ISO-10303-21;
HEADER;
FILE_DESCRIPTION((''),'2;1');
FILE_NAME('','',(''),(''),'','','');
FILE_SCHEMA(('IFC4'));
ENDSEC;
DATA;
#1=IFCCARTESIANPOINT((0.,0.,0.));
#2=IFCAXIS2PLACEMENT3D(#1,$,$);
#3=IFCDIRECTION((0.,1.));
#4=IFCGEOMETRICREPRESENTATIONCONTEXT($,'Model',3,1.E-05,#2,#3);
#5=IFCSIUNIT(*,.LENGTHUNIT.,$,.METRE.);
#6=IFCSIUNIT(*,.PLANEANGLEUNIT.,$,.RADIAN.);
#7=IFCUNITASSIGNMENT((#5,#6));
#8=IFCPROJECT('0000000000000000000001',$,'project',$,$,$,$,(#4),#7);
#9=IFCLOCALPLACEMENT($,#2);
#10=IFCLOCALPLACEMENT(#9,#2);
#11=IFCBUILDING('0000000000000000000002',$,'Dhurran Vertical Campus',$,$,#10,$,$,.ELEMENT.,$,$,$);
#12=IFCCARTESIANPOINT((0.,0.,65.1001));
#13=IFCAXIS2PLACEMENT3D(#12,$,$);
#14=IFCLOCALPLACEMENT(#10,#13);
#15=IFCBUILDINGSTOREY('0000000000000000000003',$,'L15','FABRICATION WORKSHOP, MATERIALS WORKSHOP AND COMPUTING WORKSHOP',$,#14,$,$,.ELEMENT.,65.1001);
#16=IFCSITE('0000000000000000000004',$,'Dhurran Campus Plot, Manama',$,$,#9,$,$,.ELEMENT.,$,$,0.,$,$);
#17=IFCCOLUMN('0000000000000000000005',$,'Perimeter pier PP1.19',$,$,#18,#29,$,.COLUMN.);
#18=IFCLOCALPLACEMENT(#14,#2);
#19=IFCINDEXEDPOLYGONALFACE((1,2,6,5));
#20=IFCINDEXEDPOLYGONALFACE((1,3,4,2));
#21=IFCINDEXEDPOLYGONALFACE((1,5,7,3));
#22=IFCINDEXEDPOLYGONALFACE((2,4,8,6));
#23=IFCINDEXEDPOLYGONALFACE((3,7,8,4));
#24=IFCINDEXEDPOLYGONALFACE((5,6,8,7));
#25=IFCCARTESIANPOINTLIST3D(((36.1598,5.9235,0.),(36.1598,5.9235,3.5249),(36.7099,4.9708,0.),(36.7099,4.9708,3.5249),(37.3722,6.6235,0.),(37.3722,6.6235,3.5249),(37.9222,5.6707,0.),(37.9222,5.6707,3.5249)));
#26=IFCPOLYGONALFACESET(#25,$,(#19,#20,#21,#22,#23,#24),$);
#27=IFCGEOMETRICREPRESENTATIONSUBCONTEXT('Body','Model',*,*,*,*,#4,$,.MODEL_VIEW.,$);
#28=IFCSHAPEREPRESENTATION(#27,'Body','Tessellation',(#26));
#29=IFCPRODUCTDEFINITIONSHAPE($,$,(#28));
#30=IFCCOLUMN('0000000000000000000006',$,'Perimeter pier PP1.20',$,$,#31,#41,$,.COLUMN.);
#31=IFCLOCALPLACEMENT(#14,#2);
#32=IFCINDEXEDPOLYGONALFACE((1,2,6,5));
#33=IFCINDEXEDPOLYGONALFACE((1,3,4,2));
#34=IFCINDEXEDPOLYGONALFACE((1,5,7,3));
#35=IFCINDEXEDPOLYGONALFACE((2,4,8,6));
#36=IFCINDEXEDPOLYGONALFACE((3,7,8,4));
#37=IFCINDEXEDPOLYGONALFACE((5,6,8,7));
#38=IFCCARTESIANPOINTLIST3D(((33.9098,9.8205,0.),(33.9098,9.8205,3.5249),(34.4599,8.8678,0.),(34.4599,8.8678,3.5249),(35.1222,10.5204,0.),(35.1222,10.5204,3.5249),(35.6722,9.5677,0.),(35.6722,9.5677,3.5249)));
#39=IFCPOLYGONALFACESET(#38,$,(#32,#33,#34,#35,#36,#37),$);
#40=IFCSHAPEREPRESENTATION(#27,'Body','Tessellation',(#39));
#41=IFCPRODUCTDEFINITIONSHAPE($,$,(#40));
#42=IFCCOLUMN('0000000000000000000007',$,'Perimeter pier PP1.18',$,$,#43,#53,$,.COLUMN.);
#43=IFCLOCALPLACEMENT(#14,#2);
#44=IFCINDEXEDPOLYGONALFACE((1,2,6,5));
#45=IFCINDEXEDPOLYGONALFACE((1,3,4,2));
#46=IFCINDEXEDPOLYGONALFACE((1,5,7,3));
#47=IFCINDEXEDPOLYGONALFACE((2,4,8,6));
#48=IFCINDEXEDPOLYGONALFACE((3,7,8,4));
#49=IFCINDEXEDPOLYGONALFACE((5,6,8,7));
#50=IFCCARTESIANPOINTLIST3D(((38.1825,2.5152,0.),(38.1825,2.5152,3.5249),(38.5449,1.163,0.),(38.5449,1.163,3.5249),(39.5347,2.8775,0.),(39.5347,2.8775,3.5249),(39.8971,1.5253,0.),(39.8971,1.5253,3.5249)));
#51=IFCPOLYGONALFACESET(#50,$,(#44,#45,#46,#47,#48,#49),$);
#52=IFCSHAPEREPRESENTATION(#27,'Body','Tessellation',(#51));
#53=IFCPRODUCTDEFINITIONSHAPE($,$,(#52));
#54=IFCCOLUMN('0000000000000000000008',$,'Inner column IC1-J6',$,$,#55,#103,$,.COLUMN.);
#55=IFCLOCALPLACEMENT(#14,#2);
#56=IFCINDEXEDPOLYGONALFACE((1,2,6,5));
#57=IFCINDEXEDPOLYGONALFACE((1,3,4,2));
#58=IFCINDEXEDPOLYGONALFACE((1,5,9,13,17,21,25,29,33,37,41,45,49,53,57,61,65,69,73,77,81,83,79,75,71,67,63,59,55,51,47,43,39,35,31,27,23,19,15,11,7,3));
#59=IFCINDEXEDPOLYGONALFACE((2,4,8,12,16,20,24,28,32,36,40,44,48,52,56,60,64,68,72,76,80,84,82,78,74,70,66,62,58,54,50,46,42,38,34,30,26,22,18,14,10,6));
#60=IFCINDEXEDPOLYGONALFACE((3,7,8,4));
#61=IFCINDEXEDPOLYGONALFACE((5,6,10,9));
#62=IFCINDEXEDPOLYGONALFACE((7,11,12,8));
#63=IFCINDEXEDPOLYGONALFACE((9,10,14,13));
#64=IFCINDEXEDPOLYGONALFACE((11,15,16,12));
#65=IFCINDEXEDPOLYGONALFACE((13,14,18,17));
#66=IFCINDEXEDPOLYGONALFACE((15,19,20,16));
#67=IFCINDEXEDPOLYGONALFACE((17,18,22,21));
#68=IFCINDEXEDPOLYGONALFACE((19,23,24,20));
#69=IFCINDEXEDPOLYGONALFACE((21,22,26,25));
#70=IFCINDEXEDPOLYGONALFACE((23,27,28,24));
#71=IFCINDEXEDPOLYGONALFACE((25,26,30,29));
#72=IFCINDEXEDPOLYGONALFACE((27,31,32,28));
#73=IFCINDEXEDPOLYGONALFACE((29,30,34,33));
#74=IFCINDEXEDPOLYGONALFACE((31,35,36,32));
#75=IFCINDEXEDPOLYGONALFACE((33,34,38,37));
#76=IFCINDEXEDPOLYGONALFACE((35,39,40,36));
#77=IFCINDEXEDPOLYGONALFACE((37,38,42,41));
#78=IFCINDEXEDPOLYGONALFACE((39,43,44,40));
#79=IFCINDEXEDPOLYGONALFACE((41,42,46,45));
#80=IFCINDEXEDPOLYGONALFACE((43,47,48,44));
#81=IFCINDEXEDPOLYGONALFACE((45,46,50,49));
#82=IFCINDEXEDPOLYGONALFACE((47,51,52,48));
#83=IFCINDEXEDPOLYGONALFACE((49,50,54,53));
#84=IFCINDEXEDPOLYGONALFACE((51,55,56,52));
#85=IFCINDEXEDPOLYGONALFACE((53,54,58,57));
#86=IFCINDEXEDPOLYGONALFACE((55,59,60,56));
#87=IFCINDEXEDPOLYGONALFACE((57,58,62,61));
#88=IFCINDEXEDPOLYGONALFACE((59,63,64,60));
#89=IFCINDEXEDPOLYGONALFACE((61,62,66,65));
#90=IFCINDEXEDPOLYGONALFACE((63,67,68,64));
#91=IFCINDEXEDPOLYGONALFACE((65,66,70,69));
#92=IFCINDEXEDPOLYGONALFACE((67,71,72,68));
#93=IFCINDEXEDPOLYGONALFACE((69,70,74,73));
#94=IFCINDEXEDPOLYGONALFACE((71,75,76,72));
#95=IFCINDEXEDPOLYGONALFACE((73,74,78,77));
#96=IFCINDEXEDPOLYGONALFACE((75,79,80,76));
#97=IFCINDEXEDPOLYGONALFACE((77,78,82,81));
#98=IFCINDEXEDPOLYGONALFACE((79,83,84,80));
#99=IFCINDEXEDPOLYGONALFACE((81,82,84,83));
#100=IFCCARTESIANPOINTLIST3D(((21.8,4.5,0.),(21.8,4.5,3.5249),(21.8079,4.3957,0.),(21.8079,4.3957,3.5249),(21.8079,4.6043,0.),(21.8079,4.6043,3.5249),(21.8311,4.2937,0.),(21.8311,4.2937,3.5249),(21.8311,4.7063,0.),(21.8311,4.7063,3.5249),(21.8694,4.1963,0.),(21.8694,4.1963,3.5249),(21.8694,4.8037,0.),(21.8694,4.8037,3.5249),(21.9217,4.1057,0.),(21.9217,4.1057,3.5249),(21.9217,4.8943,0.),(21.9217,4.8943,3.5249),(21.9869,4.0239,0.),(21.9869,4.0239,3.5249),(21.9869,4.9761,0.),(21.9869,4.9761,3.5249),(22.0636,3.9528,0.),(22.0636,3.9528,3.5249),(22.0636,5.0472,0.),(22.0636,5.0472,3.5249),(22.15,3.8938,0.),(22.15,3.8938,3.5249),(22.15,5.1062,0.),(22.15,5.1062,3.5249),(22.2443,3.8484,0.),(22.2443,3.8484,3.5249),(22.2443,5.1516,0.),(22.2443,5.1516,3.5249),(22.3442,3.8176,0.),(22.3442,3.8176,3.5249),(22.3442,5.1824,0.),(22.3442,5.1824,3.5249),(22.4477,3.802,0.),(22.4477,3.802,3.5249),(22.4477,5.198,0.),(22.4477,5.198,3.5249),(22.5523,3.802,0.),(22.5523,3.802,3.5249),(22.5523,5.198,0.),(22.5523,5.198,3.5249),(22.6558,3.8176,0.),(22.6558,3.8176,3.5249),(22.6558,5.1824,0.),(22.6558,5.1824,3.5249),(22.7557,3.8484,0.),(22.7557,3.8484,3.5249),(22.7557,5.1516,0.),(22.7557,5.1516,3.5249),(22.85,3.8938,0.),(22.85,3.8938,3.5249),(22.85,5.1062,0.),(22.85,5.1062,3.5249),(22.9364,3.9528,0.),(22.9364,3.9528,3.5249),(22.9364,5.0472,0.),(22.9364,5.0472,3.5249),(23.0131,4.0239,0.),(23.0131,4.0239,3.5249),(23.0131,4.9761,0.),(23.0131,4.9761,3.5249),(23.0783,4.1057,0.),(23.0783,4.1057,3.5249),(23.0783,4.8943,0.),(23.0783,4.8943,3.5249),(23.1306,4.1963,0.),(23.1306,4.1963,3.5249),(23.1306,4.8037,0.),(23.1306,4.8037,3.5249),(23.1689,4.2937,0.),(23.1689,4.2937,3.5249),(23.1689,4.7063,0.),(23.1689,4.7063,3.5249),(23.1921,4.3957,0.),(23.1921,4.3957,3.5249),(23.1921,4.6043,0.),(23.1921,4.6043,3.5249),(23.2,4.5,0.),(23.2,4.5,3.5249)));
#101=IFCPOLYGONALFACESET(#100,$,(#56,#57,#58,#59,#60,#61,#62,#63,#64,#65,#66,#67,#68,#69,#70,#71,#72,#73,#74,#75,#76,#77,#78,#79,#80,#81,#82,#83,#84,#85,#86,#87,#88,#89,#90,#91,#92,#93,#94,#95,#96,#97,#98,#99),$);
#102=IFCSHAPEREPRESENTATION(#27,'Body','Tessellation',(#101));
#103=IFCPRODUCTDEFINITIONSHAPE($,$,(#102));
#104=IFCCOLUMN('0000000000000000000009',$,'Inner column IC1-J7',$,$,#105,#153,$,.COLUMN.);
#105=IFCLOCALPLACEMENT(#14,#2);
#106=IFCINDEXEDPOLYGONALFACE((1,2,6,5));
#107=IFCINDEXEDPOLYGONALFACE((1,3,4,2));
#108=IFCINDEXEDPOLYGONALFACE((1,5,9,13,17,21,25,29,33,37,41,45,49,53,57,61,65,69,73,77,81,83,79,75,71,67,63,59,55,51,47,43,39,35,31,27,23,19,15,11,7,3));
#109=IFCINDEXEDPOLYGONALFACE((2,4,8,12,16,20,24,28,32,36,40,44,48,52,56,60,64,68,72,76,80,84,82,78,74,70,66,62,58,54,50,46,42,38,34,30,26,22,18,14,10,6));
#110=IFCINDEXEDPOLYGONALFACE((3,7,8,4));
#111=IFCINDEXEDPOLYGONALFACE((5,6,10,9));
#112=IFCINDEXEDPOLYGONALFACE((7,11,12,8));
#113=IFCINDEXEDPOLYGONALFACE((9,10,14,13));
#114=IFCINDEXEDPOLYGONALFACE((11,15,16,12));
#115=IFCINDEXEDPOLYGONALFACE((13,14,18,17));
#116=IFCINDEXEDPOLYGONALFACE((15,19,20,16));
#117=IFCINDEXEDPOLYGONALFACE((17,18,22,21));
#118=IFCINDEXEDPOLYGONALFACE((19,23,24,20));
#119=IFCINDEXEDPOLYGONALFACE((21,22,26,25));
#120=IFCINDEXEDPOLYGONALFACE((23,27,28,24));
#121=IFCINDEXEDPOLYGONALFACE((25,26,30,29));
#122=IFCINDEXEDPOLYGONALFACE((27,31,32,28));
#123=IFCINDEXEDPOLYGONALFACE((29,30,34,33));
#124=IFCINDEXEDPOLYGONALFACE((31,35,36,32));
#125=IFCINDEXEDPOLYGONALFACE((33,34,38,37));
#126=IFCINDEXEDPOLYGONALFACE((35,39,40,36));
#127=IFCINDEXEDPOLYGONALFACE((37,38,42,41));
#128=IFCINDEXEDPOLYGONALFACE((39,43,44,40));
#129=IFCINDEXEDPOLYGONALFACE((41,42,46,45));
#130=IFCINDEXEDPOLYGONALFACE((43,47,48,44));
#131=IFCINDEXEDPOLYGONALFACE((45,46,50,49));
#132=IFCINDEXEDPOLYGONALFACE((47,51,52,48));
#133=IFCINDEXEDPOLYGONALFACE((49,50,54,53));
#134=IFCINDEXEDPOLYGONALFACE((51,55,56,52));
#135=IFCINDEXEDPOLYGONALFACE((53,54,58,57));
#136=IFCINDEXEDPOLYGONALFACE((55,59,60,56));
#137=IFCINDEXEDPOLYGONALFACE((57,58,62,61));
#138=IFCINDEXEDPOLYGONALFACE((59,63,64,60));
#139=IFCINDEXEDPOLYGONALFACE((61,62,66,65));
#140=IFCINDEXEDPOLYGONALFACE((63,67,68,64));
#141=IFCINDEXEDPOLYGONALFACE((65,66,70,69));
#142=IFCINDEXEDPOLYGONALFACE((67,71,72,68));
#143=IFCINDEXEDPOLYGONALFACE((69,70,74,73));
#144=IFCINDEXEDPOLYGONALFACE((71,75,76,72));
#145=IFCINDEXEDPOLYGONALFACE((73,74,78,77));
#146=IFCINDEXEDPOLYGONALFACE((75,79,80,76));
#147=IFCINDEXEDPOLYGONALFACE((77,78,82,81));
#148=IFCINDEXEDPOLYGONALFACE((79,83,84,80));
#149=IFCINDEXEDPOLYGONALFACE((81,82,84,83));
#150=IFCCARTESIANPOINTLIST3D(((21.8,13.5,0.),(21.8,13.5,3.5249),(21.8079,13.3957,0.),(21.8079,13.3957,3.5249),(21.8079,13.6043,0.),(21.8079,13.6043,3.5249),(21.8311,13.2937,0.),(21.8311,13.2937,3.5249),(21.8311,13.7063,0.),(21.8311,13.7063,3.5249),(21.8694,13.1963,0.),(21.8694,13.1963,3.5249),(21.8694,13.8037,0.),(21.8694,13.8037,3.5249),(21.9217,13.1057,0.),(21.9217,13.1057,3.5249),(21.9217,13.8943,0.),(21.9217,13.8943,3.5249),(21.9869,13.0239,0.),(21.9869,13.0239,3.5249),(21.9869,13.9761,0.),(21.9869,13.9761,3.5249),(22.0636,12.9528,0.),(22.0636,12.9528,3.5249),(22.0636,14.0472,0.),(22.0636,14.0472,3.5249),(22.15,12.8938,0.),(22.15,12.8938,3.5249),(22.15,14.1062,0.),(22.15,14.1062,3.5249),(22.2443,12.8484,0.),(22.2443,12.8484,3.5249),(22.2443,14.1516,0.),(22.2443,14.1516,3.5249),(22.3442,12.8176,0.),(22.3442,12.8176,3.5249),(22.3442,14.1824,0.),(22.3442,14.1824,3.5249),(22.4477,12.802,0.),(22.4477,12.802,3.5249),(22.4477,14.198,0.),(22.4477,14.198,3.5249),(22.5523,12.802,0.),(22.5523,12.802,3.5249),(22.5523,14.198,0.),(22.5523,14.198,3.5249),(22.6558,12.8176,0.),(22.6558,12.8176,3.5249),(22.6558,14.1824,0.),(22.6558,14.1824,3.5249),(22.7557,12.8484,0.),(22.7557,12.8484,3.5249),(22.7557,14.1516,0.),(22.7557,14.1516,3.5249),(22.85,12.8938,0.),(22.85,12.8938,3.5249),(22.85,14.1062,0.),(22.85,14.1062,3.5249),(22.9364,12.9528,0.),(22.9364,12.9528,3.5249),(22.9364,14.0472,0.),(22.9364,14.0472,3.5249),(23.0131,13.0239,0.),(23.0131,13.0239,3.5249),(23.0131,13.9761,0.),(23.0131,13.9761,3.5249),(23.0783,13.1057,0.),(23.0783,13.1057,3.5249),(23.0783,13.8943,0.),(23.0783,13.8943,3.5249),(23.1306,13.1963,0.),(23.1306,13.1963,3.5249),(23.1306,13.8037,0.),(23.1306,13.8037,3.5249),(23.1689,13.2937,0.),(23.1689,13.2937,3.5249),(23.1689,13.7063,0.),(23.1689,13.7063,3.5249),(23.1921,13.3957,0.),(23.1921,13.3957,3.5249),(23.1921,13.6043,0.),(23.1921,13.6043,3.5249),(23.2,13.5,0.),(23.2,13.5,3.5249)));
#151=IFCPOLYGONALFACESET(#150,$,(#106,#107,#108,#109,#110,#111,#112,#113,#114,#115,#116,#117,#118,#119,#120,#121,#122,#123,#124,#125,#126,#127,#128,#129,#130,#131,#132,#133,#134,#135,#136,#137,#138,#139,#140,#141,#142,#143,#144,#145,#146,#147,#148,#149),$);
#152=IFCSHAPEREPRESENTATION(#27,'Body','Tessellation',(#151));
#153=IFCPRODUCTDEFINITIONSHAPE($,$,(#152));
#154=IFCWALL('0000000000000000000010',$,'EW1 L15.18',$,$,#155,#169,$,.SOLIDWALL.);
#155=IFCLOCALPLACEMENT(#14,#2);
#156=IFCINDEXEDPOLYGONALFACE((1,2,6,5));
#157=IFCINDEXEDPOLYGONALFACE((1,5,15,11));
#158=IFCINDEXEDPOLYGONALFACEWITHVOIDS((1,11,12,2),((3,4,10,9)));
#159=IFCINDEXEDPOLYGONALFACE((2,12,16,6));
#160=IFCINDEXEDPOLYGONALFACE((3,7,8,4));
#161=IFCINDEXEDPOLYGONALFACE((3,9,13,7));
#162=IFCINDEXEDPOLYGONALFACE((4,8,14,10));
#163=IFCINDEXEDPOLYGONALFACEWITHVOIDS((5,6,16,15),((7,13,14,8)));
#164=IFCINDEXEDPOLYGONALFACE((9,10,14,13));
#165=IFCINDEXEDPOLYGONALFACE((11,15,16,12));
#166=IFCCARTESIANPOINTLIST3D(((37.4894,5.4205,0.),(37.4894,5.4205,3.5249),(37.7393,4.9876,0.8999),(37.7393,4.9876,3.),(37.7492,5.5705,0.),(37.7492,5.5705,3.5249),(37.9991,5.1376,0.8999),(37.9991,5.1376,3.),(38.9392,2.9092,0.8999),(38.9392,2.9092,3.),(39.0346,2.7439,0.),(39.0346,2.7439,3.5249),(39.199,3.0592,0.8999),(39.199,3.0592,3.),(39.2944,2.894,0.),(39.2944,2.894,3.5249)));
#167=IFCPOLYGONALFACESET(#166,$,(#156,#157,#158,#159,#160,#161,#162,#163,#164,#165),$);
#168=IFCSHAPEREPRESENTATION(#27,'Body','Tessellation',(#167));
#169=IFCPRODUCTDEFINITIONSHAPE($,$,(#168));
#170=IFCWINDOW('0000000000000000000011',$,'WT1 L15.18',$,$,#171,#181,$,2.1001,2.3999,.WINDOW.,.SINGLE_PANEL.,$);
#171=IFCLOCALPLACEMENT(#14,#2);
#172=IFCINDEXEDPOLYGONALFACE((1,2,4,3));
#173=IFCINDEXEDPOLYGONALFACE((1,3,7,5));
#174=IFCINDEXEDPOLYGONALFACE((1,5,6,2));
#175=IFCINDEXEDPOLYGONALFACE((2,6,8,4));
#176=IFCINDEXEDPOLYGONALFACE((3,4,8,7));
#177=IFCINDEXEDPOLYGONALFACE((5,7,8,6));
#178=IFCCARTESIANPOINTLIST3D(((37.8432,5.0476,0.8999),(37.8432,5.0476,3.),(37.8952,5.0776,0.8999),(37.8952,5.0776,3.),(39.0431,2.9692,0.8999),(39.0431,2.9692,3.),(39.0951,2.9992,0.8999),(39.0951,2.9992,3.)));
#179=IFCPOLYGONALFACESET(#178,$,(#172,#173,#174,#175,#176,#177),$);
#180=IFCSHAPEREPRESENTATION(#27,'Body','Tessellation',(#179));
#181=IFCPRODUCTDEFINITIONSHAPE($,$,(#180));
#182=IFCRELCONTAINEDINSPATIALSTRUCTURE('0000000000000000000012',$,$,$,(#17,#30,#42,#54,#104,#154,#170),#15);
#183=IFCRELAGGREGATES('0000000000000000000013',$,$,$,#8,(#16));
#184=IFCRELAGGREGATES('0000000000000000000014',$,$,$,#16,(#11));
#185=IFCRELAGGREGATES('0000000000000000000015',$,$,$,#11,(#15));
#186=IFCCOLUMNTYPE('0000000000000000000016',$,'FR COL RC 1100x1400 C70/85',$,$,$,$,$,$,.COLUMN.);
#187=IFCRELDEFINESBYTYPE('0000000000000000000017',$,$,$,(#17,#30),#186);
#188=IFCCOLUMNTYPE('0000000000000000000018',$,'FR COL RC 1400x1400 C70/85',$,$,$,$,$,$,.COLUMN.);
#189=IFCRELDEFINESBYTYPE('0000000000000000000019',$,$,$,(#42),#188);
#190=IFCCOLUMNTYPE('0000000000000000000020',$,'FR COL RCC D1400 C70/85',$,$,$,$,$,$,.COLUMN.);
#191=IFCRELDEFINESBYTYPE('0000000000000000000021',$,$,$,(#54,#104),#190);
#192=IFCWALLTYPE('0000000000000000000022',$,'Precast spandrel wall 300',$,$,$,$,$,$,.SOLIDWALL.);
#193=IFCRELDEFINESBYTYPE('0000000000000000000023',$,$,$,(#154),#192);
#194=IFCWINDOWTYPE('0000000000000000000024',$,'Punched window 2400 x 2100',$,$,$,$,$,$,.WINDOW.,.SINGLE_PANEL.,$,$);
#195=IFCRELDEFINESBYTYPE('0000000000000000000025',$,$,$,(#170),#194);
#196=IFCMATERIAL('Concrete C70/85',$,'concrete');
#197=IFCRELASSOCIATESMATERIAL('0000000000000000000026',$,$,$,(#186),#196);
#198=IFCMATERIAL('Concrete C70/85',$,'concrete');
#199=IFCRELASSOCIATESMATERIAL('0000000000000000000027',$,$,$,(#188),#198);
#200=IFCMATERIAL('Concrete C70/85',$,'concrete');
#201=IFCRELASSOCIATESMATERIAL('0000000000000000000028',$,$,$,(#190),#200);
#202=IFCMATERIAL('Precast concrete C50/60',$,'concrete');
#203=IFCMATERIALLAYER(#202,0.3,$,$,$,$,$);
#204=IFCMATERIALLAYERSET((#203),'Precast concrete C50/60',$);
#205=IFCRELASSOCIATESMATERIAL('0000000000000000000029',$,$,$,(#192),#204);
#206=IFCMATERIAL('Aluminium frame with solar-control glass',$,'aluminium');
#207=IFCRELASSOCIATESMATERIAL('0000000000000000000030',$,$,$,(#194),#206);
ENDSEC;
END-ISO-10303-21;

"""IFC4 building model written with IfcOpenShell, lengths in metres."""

from ifc_helpers import new_model, si_unit, direction, frame, frame_2d, origin, origin_2d, place, context, subcontext, project, spatial, rectangle, circle, extrude, material, layer, layer_set, material_profile, profile_set, type_object, element, fill, save


model = new_model("IFC4")

# Units and contexts
model_context = context("Model", 3, precision=1e-05, world=origin(), true_north=direction((0.0, 1.0)))
body_context = subcontext(model_context, "Body", "Model", "MODEL_VIEW")
ifc_project = project(units=[si_unit("LENGTHUNIT", "METRE"), si_unit("PLANEANGLEUNIT", "RADIAN")], contexts=[model_context])

# Site, building, storey
site_placement = place(None, origin())
site = spatial("IfcSite", under=ifc_project, at=site_placement, Name="Dhurran Campus Plot, Manama", CompositionType="ELEMENT", RefElevation=0.0)
building_placement = place(site_placement, origin())
building = spatial("IfcBuilding", under=site, at=building_placement, Name="Dhurran Vertical Campus", CompositionType="ELEMENT")
storey_placement = place(building_placement, frame((0.0, 0.0, 65.1001)))
storey = spatial("IfcBuildingStorey", under=building, at=storey_placement, Name="L15", Description="FABRICATION WORKSHOP, MATERIALS WORKSHOP AND COMPUTING WORKSHOP", CompositionType="ELEMENT", Elevation=65.1001)

# Columns
ifc_material_1 = material(Name="Concrete C70/85", Category="concrete")
ifc_material_profile_1 = material_profile(ifc_material_1, rectangle(XDim=1.1001, YDim=1.3999, at=origin_2d()), Name="RC 1100x1400")
ifc_profile_set_1 = profile_set([ifc_material_profile_1], Name="Concrete C70/85")
column_type_1 = type_object("IfcColumnType", Name="FR COL RC 1100x1400 C70/85", PredefinedType="COLUMN", material=ifc_profile_set_1)
for number, where, z_axis, x_axis, name in (
    (1, (37.041, 5.7971, 0.0), (0.0, 0.0, 1.0), (-0.5, 0.866025, 0.0), "Perimeter pier PP1.19"),
    (2, (34.791, 9.6941, 0.0), (0.0, 0.0, 1.0), (-0.5, 0.866025, 0.0), "Perimeter pier PP1.20"),
):
    element("IfcColumn", number, at=place(storey_placement, frame(where, z_axis=z_axis, x_axis=x_axis)), inside=storey, type_object=column_type_1, Name=name, PredefinedType="COLUMN", context=body_context, shape_type="SweptSolid", body=[
        extrude(rectangle(XDim=1.1001, YDim=1.3999, at=origin_2d()), origin(), (0.0, 0.0, 1.0), 3.5249),
    ])
ifc_material_2 = material(Name="Concrete C70/85", Category="concrete")
ifc_material_profile_2 = material_profile(ifc_material_2, rectangle(XDim=1.3999, YDim=1.3999, at=origin_2d()), Name="RC 1400x1400")
ifc_profile_set_2 = profile_set([ifc_material_profile_2], Name="Concrete C70/85")
column_type_2 = type_object("IfcColumnType", Name="FR COL RC 1400x1400 C70/85", PredefinedType="COLUMN", material=ifc_profile_set_2)
column_placement = place(storey_placement, frame((39.0398, 2.0203, 0.0), z_axis=(0.0, 0.0, 1.0), x_axis=(-0.258819, 0.965926, 0.0)))
element("IfcColumn", 3, at=column_placement, inside=storey, type_object=column_type_2, Name="Perimeter pier PP1.18", PredefinedType="COLUMN", context=body_context, shape_type="SweptSolid", body=[
    extrude(rectangle(XDim=1.3999, YDim=1.3999, at=origin_2d()), origin(), (0.0, 0.0, 1.0), 3.5249),
])
ifc_material_3 = material(Name="Concrete C70/85", Category="concrete")
ifc_material_profile_3 = material_profile(ifc_material_3, circle(Radius=0.7, at=origin_2d()), Name="RCC D1400")
ifc_profile_set_3 = profile_set([ifc_material_profile_3], Name="Concrete C70/85")
column_type_3 = type_object("IfcColumnType", Name="FR COL RCC D1400 C70/85", PredefinedType="COLUMN", material=ifc_profile_set_3)
for number, where, z_axis, x_axis, name in (
    (4, (22.5, 4.5, 0.0), (0.0, 0.0, 1.0), (1.0, 0.0, 0.0), "Inner column IC1-J6"),
    (5, (22.5, 13.5, 0.0), (0.0, 0.0, 1.0), (1.0, 0.0, 0.0), "Inner column IC1-J7"),
):
    element("IfcColumn", number, at=place(storey_placement, frame(where, z_axis=z_axis, x_axis=x_axis)), inside=storey, type_object=column_type_3, Name=name, PredefinedType="COLUMN", context=body_context, shape_type="SweptSolid", body=[
        extrude(circle(Radius=0.7, at=origin_2d()), origin(), (0.0, 0.0, 1.0), 3.5249),
    ])

# Wall, opening, window
ifc_material_4 = material(Name="Precast concrete C50/60", Category="concrete")
ifc_layer_1 = layer(ifc_material_4, 0.3)
ifc_layer_set_1 = layer_set([ifc_layer_1], Name="Precast concrete C50/60")
wall_type_1 = type_object("IfcWallType", Name="Precast spandrel wall 300", PredefinedType="SOLIDWALL", material=ifc_layer_set_1)
wall_1_placement = place(storey_placement, frame((39.1646, 2.8188, 0.0), z_axis=(0.0, 0.0, 1.0), x_axis=(-0.499971, 0.866042, 0.0)))
wall_1 = element("IfcWall", 6, at=wall_1_placement, inside=storey, type_object=wall_type_1, Name="EW1 L15.18", PredefinedType="SOLIDWALL", context=body_context, shape_type="SweptSolid", body=[
    extrude(rectangle(XDim=3.0906, YDim=0.3, at=frame_2d((1.5454, 0.0))), origin(), (0.0, 0.0, 1.0), 3.5249),
])
opening_1_placement = place(wall_1_placement, frame((0.1909, 0.0, 0.8999)))
opening_1 = element("IfcOpeningElement", 7, at=opening_1_placement, cuts=wall_1, PredefinedType="OPENING", context=body_context, shape_type="SweptSolid", body=[
    extrude(rectangle(XDim=2.3999, YDim=2.1001, at=frame_2d((1.2, 1.05))), frame((0.0, 0.1599, 0.0), z_axis=(0.0, -1.0, 0.0), x_axis=(1.0, 0.0, 0.0)), (0.0, 0.0, 1.0), 0.3201),
])
ifc_material_5 = material(Name="Aluminium frame with solar-control glass", Category="aluminium")
window_type = type_object("IfcWindowType", Name="Punched window 2400 x 2100", PartitioningType="SINGLE_PANEL", PredefinedType="WINDOW", material=ifc_material_5)
window_1_placement = place(opening_1_placement, origin())
window_1 = element("IfcWindow", 8, at=window_1_placement, inside=storey, type_object=window_type, Name="WT1 L15.18", OverallHeight=2.1001, OverallWidth=2.3999, PartitioningType="SINGLE_PANEL", PredefinedType="WINDOW", context=body_context, shape_type="SweptSolid", body=[
    extrude(rectangle(XDim=2.3999, YDim=2.1001, at=frame_2d((1.2, 1.05))), frame((0.0, 0.03, 0.0), z_axis=(0.0, -1.0, 0.0), x_axis=(1.0, 0.0, 0.0)), (0.0, 0.0, 1.0), 0.0601),
])
fill(opening_1, window_1)

save(model, "model.ifc")
